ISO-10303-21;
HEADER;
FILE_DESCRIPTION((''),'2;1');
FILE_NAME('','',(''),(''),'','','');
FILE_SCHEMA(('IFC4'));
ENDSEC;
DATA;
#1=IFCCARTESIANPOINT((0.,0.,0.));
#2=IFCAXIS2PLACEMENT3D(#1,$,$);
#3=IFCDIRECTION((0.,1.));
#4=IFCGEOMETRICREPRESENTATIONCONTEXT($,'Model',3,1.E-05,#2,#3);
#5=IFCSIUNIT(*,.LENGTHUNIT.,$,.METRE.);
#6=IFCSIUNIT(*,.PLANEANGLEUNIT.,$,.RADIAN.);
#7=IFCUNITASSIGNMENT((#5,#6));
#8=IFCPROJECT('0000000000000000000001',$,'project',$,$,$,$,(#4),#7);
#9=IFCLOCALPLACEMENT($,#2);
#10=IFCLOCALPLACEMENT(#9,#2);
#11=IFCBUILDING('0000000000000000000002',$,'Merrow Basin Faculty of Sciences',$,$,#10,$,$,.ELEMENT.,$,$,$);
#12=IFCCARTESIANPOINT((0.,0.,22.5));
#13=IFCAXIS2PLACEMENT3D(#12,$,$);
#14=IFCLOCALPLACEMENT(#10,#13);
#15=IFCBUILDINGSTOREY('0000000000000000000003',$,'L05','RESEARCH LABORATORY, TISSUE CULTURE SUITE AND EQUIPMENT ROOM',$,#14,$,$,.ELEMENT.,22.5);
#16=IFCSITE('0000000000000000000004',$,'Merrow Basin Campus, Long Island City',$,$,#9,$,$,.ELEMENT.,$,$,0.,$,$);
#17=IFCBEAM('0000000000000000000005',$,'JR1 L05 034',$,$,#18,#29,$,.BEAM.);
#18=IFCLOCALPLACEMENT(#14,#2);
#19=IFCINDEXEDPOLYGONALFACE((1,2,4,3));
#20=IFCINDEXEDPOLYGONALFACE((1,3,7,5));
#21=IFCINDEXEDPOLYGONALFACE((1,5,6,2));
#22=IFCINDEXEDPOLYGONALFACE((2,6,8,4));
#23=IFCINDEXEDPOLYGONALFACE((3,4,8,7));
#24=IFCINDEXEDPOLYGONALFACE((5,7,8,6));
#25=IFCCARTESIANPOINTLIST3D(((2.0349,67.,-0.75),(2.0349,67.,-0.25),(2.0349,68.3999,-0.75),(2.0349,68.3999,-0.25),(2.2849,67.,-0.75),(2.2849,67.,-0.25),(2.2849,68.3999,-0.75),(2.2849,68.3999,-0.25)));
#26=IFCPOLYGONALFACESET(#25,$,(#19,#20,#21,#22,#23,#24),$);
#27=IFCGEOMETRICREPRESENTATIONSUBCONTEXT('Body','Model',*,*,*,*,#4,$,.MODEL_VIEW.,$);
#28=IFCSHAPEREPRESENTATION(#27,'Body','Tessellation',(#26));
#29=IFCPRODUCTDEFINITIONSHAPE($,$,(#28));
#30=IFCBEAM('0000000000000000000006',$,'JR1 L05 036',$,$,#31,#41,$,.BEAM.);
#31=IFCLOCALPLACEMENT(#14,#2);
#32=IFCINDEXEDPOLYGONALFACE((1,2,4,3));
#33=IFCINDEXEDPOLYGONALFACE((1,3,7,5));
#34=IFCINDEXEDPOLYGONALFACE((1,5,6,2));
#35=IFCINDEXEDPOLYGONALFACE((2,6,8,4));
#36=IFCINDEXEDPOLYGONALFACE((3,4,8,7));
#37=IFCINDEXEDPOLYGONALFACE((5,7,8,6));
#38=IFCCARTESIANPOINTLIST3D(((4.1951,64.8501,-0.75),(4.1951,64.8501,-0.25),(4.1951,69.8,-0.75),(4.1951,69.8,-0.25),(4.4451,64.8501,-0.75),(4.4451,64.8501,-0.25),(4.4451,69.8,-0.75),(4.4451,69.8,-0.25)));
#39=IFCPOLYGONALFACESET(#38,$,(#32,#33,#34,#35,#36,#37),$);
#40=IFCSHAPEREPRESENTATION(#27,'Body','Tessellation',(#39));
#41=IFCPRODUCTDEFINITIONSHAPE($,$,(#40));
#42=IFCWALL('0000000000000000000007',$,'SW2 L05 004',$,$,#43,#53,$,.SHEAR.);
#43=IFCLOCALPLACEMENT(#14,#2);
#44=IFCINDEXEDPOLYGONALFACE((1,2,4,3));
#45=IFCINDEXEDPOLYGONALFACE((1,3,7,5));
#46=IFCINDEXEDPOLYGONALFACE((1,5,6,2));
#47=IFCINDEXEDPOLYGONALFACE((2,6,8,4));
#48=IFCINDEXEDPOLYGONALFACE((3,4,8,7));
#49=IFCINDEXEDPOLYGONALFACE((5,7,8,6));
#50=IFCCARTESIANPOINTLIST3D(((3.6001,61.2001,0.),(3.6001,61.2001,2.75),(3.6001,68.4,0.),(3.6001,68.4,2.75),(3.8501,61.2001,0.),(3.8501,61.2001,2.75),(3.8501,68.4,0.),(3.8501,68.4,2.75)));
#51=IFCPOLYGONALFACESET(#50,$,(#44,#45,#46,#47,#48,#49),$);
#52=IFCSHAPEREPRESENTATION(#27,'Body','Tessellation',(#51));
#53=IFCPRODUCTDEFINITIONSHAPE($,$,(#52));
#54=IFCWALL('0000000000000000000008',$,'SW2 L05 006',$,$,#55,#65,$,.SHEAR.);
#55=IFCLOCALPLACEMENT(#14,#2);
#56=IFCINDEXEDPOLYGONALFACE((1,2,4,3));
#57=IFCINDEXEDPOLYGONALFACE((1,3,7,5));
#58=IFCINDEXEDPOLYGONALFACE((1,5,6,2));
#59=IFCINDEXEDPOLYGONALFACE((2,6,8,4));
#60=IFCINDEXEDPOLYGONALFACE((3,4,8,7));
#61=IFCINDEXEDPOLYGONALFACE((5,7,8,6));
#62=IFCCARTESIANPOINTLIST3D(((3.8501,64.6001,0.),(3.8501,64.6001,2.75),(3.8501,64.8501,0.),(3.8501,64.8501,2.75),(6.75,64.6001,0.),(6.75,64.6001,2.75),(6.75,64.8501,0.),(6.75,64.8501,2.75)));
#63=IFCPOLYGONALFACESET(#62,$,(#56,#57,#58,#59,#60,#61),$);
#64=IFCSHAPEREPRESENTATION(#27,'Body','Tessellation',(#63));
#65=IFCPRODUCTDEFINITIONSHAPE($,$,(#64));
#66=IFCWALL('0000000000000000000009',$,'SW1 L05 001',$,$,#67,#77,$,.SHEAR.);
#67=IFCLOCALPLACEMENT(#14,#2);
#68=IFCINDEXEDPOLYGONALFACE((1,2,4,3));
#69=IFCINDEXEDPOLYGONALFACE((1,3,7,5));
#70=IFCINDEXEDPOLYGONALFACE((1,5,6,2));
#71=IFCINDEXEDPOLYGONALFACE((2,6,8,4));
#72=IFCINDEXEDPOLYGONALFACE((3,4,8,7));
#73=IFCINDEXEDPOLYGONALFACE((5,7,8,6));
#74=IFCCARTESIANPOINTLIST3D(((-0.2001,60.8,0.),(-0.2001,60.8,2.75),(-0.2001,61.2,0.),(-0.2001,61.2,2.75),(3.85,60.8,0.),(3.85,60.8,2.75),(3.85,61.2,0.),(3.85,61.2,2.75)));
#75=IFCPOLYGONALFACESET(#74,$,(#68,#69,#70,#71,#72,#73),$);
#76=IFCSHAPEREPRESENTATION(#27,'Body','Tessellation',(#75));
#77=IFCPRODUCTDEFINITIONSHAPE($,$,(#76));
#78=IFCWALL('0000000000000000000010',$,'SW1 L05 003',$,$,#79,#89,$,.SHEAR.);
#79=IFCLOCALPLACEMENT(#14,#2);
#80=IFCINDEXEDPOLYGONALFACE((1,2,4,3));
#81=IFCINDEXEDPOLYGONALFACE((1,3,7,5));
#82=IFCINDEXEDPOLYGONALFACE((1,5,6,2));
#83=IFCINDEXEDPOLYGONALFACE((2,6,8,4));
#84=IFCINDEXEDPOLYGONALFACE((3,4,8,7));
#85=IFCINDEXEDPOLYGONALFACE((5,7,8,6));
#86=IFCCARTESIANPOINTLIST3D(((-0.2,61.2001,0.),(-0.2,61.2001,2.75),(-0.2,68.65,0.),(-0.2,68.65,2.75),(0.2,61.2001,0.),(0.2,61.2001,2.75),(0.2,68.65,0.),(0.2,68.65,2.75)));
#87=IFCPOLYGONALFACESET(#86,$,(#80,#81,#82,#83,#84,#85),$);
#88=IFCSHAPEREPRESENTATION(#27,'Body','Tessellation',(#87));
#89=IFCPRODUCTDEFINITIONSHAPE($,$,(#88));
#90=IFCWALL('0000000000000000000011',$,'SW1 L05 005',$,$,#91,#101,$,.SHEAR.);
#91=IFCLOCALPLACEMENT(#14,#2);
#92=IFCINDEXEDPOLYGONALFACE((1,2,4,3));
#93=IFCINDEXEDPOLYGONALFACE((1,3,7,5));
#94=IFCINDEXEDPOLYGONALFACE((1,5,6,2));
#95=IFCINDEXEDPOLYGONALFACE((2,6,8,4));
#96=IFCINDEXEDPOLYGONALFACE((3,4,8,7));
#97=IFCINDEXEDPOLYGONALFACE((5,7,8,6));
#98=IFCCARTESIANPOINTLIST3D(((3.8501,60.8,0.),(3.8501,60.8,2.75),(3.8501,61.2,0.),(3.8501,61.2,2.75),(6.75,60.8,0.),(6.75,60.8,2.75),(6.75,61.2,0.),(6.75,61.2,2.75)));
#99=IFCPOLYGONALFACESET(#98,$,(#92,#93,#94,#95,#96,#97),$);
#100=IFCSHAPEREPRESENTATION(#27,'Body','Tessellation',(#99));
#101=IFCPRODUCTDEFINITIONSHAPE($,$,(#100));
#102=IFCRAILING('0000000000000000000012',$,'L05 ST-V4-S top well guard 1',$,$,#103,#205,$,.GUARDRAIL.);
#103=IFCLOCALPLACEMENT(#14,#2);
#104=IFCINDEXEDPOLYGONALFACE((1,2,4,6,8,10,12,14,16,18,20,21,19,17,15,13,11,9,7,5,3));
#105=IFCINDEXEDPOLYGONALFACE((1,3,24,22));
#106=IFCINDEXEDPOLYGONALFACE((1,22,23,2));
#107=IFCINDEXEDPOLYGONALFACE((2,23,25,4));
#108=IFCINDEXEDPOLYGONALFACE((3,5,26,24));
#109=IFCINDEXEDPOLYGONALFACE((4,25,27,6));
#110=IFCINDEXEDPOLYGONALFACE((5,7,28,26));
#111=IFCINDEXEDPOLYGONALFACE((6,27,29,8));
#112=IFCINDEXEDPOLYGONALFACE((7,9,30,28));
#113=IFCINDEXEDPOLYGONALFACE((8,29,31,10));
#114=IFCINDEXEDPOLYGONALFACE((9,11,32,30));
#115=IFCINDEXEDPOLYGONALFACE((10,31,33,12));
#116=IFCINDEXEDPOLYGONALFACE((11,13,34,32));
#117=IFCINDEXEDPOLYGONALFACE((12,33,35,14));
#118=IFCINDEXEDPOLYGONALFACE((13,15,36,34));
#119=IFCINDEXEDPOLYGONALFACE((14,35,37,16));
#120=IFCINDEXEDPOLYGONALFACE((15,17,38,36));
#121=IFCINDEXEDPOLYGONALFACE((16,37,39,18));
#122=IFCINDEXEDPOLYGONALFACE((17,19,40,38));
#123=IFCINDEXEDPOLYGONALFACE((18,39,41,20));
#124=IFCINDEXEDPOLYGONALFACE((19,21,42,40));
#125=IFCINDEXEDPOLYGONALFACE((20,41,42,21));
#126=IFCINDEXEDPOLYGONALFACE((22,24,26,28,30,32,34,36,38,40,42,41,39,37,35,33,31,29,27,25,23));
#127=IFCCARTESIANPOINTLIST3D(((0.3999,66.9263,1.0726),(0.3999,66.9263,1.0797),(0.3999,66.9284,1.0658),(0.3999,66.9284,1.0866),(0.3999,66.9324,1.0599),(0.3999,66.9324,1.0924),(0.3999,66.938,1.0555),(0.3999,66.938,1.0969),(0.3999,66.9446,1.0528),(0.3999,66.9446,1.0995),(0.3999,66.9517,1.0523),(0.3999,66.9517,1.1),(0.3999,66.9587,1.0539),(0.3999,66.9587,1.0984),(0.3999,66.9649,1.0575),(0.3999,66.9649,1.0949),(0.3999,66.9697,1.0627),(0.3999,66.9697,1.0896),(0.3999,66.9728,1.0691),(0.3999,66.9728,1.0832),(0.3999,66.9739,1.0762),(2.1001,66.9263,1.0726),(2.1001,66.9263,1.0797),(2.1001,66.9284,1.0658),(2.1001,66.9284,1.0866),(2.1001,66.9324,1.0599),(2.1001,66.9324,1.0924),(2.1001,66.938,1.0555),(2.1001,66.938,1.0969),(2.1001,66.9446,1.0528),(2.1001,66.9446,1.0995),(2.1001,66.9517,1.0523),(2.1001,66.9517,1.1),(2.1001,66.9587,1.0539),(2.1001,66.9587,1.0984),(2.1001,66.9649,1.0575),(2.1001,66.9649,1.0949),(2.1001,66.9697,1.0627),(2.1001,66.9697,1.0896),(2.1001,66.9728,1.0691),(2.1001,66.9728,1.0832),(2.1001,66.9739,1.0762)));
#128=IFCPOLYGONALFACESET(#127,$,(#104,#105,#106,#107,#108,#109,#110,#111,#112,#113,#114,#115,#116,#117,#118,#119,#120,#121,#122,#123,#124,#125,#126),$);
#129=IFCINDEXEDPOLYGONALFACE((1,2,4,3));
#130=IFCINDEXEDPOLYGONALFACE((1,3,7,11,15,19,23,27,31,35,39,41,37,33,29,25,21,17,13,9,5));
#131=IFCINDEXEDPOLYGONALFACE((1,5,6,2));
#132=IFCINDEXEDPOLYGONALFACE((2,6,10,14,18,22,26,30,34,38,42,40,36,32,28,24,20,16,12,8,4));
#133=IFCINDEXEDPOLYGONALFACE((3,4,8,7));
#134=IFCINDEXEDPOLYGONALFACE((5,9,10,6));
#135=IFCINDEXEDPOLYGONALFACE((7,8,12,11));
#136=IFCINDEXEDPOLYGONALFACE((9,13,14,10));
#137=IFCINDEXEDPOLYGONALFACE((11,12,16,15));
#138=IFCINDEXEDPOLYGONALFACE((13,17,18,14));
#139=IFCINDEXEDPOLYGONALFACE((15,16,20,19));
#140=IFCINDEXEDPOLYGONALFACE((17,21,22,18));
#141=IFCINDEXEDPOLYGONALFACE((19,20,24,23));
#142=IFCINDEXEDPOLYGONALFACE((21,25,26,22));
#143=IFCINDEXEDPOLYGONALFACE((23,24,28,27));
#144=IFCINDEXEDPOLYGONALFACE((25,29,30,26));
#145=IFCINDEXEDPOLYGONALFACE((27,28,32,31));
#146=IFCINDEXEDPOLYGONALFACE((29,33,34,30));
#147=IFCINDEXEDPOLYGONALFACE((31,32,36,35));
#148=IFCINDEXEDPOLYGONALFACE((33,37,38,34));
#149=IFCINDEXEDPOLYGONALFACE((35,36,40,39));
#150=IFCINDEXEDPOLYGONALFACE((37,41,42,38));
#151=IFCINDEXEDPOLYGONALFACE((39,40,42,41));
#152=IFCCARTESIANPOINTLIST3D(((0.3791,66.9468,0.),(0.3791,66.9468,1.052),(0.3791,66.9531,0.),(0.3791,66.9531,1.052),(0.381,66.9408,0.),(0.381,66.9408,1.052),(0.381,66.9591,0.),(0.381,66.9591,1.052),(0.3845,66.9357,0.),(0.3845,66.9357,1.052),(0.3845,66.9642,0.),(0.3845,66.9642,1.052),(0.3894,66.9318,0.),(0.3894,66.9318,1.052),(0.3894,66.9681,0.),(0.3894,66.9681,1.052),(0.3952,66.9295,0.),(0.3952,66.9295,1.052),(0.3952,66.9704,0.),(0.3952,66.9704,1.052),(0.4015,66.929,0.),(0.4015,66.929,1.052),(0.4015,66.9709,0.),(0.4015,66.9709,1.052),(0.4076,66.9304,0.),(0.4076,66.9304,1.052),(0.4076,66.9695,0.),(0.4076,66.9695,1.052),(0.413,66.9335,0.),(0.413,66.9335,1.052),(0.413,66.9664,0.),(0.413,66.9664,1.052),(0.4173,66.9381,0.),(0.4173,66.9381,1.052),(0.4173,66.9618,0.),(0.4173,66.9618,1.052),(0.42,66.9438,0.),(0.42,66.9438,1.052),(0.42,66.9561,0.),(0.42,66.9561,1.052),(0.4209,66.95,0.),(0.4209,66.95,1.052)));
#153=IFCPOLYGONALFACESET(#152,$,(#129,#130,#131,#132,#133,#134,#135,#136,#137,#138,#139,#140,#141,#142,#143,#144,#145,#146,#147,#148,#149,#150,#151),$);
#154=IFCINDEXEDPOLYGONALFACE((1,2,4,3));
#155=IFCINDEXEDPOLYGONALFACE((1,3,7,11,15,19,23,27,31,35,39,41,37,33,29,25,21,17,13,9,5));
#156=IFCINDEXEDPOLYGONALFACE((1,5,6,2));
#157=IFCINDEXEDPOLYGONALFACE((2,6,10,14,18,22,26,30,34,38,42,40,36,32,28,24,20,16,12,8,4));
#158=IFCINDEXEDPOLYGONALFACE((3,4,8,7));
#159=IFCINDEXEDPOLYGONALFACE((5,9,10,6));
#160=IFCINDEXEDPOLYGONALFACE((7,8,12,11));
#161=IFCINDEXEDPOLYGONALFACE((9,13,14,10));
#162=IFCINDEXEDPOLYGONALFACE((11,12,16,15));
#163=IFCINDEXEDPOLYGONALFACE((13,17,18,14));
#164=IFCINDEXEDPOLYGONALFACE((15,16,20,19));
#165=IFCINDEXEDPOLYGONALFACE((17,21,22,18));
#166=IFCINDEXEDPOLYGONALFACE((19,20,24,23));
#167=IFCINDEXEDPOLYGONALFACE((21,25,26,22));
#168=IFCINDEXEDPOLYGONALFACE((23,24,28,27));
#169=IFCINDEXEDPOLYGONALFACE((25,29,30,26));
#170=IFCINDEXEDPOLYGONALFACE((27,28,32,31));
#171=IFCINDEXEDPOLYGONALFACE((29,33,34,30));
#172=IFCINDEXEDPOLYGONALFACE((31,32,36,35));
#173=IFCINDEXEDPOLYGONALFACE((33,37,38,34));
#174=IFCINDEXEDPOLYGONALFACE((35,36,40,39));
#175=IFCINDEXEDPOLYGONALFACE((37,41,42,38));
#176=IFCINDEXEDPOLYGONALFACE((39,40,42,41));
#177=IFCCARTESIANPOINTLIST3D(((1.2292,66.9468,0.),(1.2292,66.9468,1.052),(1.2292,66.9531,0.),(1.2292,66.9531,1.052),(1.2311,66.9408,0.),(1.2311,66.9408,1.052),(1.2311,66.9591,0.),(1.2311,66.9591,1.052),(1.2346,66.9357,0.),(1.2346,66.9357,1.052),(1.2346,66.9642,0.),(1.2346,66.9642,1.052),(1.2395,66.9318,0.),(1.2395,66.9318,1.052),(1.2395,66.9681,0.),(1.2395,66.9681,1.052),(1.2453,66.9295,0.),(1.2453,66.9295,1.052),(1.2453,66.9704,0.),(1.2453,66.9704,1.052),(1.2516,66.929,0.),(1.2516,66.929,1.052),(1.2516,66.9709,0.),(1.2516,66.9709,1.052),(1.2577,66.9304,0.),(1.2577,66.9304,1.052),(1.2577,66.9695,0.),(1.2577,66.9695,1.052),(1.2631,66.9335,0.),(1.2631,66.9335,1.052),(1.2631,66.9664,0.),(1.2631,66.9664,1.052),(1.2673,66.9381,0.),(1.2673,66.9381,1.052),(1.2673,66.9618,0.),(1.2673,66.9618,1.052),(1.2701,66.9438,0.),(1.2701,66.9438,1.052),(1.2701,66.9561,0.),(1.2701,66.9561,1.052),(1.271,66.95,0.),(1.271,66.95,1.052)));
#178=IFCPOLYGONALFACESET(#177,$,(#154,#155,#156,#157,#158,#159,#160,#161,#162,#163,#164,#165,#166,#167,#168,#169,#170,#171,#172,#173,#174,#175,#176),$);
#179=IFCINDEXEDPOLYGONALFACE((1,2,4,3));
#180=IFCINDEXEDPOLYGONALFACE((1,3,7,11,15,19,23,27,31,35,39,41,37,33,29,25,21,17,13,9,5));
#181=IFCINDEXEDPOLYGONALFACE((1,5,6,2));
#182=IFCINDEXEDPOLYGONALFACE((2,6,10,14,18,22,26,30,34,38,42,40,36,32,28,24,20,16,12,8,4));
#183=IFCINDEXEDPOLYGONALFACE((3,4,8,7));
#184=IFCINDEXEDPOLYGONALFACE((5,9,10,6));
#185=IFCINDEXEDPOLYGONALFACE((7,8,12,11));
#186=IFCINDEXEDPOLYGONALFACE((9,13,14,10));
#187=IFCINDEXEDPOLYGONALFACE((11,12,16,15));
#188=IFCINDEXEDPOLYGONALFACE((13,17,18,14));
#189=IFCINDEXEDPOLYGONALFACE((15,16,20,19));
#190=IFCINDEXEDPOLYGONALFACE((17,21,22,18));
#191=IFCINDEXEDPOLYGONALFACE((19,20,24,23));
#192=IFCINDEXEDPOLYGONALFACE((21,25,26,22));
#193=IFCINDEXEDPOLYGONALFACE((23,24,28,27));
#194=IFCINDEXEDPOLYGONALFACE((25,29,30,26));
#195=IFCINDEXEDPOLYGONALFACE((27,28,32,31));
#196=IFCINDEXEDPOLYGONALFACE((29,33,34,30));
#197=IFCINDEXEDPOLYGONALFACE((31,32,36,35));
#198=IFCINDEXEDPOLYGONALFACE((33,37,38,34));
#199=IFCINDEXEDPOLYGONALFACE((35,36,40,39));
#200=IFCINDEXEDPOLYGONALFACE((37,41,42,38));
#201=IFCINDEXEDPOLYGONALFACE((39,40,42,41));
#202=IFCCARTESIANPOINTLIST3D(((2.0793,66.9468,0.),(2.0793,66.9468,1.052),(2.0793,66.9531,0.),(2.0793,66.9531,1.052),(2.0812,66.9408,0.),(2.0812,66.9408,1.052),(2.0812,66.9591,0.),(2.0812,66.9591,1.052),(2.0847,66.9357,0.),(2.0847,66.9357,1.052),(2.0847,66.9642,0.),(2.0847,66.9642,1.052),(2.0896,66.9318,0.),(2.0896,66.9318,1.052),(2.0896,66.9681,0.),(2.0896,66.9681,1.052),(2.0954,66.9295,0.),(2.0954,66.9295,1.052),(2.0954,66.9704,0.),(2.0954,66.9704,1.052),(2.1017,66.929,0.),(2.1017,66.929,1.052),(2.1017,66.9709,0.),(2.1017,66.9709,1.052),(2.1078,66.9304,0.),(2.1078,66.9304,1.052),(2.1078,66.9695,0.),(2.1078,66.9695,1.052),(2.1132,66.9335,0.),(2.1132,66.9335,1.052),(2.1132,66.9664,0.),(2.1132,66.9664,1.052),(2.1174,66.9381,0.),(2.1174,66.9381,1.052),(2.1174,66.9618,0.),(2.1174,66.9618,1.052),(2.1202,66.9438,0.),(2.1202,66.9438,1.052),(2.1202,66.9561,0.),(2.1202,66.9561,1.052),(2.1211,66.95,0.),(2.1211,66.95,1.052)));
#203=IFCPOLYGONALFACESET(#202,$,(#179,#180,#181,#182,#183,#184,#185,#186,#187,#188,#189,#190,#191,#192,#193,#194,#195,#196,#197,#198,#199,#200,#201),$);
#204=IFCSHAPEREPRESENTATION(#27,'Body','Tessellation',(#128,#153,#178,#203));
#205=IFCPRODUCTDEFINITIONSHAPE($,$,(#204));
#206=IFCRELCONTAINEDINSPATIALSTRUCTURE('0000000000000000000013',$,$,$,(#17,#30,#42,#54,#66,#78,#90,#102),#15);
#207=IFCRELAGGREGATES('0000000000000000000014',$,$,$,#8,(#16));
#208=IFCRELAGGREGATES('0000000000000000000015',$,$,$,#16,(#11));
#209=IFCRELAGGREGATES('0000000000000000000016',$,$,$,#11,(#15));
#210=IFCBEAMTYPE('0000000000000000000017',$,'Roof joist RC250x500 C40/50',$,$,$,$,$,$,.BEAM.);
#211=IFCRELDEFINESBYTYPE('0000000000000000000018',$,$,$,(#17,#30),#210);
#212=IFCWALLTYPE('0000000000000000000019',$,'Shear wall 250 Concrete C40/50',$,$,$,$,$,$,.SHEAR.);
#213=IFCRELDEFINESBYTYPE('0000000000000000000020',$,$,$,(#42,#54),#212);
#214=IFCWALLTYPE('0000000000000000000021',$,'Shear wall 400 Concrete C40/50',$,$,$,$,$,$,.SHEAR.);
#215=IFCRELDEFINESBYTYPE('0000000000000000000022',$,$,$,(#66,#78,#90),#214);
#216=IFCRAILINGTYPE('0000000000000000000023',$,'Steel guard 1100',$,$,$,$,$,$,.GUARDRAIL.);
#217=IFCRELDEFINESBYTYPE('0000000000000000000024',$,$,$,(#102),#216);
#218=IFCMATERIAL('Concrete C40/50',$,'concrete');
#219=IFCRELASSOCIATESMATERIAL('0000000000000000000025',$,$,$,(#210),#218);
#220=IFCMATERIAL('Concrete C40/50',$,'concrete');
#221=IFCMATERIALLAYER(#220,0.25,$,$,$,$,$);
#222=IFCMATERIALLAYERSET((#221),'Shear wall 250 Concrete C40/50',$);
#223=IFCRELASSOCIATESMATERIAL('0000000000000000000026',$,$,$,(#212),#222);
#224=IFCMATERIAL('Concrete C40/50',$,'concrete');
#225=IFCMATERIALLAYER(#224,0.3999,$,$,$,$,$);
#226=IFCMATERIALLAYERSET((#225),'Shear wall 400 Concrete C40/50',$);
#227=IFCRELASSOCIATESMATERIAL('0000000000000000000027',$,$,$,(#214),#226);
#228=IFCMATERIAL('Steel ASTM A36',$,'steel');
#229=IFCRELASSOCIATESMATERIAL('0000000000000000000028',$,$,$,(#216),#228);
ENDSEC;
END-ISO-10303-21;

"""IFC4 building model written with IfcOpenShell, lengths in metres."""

from ifc_helpers import new_model, si_unit, direction, frame, frame_2d, origin, origin_2d, place, context, subcontext, project, spatial, rectangle, circle, extrude, material, layer, layer_set, material_profile, profile_set, type_object, element, save


model = new_model("IFC4")

# Units and contexts
model_context = context("Model", 3, precision=1e-05, world=origin(), true_north=direction((0.0, 1.0)))
body_context = subcontext(model_context, "Body", "Model", "MODEL_VIEW")
ifc_project = project(units=[si_unit("LENGTHUNIT", "METRE"), si_unit("PLANEANGLEUNIT", "RADIAN")], contexts=[model_context])

# Site, building, storey
site_placement = place(None, origin())
site = spatial("IfcSite", under=ifc_project, at=site_placement, Name="Merrow Basin Campus, Long Island City", CompositionType="ELEMENT", RefElevation=0.0)
building_placement = place(site_placement, origin())
building = spatial("IfcBuilding", under=site, at=building_placement, Name="Merrow Basin Faculty of Sciences", CompositionType="ELEMENT")
storey_placement = place(building_placement, frame((0.0, 0.0, 22.5)))
storey = spatial("IfcBuildingStorey", under=building, at=storey_placement, Name="L05", Description="RESEARCH LABORATORY, TISSUE CULTURE SUITE AND EQUIPMENT ROOM", CompositionType="ELEMENT", Elevation=22.5)

# Beams
ifc_material_1 = material(Name="Concrete C40/50", Category="concrete")
ifc_material_profile = material_profile(ifc_material_1, rectangle(XDim=0.25, YDim=0.5, at=origin_2d()))
ifc_profile_set = profile_set([ifc_material_profile], Name="Concrete C40/50")
beam_type = type_object("IfcBeamType", Name="Roof joist RC250x500 C40/50", PredefinedType="BEAM", material=ifc_profile_set)
beam_1_placement = place(storey_placement, frame((2.1599, 67.0, -0.5), z_axis=(0.0, 1.0, 0.0), x_axis=(-1.0, 0.0, 0.0)))
element("IfcBeam", 1, at=beam_1_placement, inside=storey, type_object=beam_type, Name="JR1 L05 034", PredefinedType="BEAM", context=body_context, shape_type="SweptSolid", body=[
    extrude(rectangle(XDim=0.25, YDim=0.5, at=origin_2d()), origin(), (0.0, 0.0, 1.0), 1.3999),
])
beam_2_placement = place(storey_placement, frame((4.3201, 64.8501, -0.5), z_axis=(0.0, 1.0, 0.0), x_axis=(-1.0, 0.0, 0.0)))
element("IfcBeam", 2, at=beam_2_placement, inside=storey, type_object=beam_type, Name="JR1 L05 036", PredefinedType="BEAM", context=body_context, shape_type="SweptSolid", body=[
    extrude(rectangle(XDim=0.25, YDim=0.5, at=origin_2d()), origin(), (0.0, 0.0, 1.0), 4.95),
])

# Walls
ifc_material_2 = material(Name="Concrete C40/50", Category="concrete")
ifc_layer_1 = layer(ifc_material_2, 0.25)
ifc_layer_set_1 = layer_set([ifc_layer_1], Name="Shear wall 250 Concrete C40/50")
wall_type_1 = type_object("IfcWallType", Name="Shear wall 250 Concrete C40/50", PredefinedType="SHEAR", material=ifc_layer_set_1)
wall_1_placement = place(storey_placement, frame((3.7251, 61.2, 0.0), z_axis=(0.0, 0.0, 1.0), x_axis=(0.0, 1.0, 0.0)))
element("IfcWall", 3, at=wall_1_placement, inside=storey, type_object=wall_type_1, Name="SW2 L05 004", PredefinedType="SHEAR", context=body_context, shape_type="SweptSolid", body=[
    extrude(rectangle(XDim=7.2, YDim=0.25, at=frame_2d((3.6001, 0.0))), origin(), (0.0, 0.0, 1.0), 2.75),
])
wall_2_placement = place(storey_placement, frame((3.8501, 64.7251, 0.0), z_axis=(0.0, 0.0, 1.0), x_axis=(1.0, 0.0, 0.0)))
element("IfcWall", 4, at=wall_2_placement, inside=storey, type_object=wall_type_1, Name="SW2 L05 006", PredefinedType="SHEAR", context=body_context, shape_type="SweptSolid", body=[
    extrude(rectangle(XDim=2.8999, YDim=0.25, at=frame_2d((1.45, 0.0))), origin(), (0.0, 0.0, 1.0), 2.75),
])
ifc_material_3 = material(Name="Concrete C40/50", Category="concrete")
ifc_layer_2 = layer(ifc_material_3, 0.3999)
ifc_layer_set_2 = layer_set([ifc_layer_2], Name="Shear wall 400 Concrete C40/50")
wall_type_2 = type_object("IfcWallType", Name="Shear wall 400 Concrete C40/50", PredefinedType="SHEAR", material=ifc_layer_set_2)
wall_3_placement = place(storey_placement, frame((-0.2, 61.0, 0.0), z_axis=(0.0, 0.0, 1.0), x_axis=(1.0, 0.0, 0.0)))
element("IfcWall", 5, at=wall_3_placement, inside=storey, type_object=wall_type_2, Name="SW1 L05 001", PredefinedType="SHEAR", context=body_context, shape_type="SweptSolid", body=[
    extrude(rectangle(XDim=4.05, YDim=0.3999, at=frame_2d((2.0249, 0.0))), origin(), (0.0, 0.0, 1.0), 2.75),
])
wall_4_placement = place(storey_placement, frame((0.0, 61.2, 0.0), z_axis=(0.0, 0.0, 1.0), x_axis=(0.0, 1.0, 0.0)))
element("IfcWall", 6, at=wall_4_placement, inside=storey, type_object=wall_type_2, Name="SW1 L05 003", PredefinedType="SHEAR", context=body_context, shape_type="SweptSolid", body=[
    extrude(rectangle(XDim=7.45, YDim=0.3999, at=frame_2d((3.7251, 0.0))), origin(), (0.0, 0.0, 1.0), 2.75),
])
wall_5_placement = place(storey_placement, frame((3.8501, 61.0, 0.0), z_axis=(0.0, 0.0, 1.0), x_axis=(1.0, 0.0, 0.0)))
element("IfcWall", 7, at=wall_5_placement, inside=storey, type_object=wall_type_2, Name="SW1 L05 005", PredefinedType="SHEAR", context=body_context, shape_type="SweptSolid", body=[
    extrude(rectangle(XDim=2.8999, YDim=0.3999, at=frame_2d((1.45, 0.0))), origin(), (0.0, 0.0, 1.0), 2.75),
])

# Railing
ifc_material_4 = material(Name="Steel ASTM A36", Category="steel")
railing_type = type_object("IfcRailingType", Name="Steel guard 1100", PredefinedType="GUARDRAIL", material=ifc_material_4)
railing_1_placement = place(storey_placement, frame((0.3999, 66.95, 0.0)))
element("IfcRailing", 8, at=railing_1_placement, inside=storey, type_object=railing_type, Name="L05 ST-V4-S top well guard 1", PredefinedType="GUARDRAIL", context=body_context, shape_type="SweptSolid", body=[
    extrude(circle(Radius=0.0239, at=origin_2d()), frame((0.0, 0.0, 1.0762), z_axis=(1.0, 0.0, 0.0), x_axis=(0.0, 1.0, 0.0)), (0.0, 0.0, 1.0), 1.7002),
    extrude(circle(Radius=0.021, at=origin_2d()), origin(), (0.0, 0.0, 1.0), 1.052),
    extrude(circle(Radius=0.021, at=origin_2d()), frame((0.8501, 0.0, 0.0)), (0.0, 0.0, 1.0), 1.052),
    extrude(circle(Radius=0.021, at=origin_2d()), frame((1.7002, 0.0, 0.0)), (0.0, 0.0, 1.0), 1.052),
])

save(model, "model.ifc")
